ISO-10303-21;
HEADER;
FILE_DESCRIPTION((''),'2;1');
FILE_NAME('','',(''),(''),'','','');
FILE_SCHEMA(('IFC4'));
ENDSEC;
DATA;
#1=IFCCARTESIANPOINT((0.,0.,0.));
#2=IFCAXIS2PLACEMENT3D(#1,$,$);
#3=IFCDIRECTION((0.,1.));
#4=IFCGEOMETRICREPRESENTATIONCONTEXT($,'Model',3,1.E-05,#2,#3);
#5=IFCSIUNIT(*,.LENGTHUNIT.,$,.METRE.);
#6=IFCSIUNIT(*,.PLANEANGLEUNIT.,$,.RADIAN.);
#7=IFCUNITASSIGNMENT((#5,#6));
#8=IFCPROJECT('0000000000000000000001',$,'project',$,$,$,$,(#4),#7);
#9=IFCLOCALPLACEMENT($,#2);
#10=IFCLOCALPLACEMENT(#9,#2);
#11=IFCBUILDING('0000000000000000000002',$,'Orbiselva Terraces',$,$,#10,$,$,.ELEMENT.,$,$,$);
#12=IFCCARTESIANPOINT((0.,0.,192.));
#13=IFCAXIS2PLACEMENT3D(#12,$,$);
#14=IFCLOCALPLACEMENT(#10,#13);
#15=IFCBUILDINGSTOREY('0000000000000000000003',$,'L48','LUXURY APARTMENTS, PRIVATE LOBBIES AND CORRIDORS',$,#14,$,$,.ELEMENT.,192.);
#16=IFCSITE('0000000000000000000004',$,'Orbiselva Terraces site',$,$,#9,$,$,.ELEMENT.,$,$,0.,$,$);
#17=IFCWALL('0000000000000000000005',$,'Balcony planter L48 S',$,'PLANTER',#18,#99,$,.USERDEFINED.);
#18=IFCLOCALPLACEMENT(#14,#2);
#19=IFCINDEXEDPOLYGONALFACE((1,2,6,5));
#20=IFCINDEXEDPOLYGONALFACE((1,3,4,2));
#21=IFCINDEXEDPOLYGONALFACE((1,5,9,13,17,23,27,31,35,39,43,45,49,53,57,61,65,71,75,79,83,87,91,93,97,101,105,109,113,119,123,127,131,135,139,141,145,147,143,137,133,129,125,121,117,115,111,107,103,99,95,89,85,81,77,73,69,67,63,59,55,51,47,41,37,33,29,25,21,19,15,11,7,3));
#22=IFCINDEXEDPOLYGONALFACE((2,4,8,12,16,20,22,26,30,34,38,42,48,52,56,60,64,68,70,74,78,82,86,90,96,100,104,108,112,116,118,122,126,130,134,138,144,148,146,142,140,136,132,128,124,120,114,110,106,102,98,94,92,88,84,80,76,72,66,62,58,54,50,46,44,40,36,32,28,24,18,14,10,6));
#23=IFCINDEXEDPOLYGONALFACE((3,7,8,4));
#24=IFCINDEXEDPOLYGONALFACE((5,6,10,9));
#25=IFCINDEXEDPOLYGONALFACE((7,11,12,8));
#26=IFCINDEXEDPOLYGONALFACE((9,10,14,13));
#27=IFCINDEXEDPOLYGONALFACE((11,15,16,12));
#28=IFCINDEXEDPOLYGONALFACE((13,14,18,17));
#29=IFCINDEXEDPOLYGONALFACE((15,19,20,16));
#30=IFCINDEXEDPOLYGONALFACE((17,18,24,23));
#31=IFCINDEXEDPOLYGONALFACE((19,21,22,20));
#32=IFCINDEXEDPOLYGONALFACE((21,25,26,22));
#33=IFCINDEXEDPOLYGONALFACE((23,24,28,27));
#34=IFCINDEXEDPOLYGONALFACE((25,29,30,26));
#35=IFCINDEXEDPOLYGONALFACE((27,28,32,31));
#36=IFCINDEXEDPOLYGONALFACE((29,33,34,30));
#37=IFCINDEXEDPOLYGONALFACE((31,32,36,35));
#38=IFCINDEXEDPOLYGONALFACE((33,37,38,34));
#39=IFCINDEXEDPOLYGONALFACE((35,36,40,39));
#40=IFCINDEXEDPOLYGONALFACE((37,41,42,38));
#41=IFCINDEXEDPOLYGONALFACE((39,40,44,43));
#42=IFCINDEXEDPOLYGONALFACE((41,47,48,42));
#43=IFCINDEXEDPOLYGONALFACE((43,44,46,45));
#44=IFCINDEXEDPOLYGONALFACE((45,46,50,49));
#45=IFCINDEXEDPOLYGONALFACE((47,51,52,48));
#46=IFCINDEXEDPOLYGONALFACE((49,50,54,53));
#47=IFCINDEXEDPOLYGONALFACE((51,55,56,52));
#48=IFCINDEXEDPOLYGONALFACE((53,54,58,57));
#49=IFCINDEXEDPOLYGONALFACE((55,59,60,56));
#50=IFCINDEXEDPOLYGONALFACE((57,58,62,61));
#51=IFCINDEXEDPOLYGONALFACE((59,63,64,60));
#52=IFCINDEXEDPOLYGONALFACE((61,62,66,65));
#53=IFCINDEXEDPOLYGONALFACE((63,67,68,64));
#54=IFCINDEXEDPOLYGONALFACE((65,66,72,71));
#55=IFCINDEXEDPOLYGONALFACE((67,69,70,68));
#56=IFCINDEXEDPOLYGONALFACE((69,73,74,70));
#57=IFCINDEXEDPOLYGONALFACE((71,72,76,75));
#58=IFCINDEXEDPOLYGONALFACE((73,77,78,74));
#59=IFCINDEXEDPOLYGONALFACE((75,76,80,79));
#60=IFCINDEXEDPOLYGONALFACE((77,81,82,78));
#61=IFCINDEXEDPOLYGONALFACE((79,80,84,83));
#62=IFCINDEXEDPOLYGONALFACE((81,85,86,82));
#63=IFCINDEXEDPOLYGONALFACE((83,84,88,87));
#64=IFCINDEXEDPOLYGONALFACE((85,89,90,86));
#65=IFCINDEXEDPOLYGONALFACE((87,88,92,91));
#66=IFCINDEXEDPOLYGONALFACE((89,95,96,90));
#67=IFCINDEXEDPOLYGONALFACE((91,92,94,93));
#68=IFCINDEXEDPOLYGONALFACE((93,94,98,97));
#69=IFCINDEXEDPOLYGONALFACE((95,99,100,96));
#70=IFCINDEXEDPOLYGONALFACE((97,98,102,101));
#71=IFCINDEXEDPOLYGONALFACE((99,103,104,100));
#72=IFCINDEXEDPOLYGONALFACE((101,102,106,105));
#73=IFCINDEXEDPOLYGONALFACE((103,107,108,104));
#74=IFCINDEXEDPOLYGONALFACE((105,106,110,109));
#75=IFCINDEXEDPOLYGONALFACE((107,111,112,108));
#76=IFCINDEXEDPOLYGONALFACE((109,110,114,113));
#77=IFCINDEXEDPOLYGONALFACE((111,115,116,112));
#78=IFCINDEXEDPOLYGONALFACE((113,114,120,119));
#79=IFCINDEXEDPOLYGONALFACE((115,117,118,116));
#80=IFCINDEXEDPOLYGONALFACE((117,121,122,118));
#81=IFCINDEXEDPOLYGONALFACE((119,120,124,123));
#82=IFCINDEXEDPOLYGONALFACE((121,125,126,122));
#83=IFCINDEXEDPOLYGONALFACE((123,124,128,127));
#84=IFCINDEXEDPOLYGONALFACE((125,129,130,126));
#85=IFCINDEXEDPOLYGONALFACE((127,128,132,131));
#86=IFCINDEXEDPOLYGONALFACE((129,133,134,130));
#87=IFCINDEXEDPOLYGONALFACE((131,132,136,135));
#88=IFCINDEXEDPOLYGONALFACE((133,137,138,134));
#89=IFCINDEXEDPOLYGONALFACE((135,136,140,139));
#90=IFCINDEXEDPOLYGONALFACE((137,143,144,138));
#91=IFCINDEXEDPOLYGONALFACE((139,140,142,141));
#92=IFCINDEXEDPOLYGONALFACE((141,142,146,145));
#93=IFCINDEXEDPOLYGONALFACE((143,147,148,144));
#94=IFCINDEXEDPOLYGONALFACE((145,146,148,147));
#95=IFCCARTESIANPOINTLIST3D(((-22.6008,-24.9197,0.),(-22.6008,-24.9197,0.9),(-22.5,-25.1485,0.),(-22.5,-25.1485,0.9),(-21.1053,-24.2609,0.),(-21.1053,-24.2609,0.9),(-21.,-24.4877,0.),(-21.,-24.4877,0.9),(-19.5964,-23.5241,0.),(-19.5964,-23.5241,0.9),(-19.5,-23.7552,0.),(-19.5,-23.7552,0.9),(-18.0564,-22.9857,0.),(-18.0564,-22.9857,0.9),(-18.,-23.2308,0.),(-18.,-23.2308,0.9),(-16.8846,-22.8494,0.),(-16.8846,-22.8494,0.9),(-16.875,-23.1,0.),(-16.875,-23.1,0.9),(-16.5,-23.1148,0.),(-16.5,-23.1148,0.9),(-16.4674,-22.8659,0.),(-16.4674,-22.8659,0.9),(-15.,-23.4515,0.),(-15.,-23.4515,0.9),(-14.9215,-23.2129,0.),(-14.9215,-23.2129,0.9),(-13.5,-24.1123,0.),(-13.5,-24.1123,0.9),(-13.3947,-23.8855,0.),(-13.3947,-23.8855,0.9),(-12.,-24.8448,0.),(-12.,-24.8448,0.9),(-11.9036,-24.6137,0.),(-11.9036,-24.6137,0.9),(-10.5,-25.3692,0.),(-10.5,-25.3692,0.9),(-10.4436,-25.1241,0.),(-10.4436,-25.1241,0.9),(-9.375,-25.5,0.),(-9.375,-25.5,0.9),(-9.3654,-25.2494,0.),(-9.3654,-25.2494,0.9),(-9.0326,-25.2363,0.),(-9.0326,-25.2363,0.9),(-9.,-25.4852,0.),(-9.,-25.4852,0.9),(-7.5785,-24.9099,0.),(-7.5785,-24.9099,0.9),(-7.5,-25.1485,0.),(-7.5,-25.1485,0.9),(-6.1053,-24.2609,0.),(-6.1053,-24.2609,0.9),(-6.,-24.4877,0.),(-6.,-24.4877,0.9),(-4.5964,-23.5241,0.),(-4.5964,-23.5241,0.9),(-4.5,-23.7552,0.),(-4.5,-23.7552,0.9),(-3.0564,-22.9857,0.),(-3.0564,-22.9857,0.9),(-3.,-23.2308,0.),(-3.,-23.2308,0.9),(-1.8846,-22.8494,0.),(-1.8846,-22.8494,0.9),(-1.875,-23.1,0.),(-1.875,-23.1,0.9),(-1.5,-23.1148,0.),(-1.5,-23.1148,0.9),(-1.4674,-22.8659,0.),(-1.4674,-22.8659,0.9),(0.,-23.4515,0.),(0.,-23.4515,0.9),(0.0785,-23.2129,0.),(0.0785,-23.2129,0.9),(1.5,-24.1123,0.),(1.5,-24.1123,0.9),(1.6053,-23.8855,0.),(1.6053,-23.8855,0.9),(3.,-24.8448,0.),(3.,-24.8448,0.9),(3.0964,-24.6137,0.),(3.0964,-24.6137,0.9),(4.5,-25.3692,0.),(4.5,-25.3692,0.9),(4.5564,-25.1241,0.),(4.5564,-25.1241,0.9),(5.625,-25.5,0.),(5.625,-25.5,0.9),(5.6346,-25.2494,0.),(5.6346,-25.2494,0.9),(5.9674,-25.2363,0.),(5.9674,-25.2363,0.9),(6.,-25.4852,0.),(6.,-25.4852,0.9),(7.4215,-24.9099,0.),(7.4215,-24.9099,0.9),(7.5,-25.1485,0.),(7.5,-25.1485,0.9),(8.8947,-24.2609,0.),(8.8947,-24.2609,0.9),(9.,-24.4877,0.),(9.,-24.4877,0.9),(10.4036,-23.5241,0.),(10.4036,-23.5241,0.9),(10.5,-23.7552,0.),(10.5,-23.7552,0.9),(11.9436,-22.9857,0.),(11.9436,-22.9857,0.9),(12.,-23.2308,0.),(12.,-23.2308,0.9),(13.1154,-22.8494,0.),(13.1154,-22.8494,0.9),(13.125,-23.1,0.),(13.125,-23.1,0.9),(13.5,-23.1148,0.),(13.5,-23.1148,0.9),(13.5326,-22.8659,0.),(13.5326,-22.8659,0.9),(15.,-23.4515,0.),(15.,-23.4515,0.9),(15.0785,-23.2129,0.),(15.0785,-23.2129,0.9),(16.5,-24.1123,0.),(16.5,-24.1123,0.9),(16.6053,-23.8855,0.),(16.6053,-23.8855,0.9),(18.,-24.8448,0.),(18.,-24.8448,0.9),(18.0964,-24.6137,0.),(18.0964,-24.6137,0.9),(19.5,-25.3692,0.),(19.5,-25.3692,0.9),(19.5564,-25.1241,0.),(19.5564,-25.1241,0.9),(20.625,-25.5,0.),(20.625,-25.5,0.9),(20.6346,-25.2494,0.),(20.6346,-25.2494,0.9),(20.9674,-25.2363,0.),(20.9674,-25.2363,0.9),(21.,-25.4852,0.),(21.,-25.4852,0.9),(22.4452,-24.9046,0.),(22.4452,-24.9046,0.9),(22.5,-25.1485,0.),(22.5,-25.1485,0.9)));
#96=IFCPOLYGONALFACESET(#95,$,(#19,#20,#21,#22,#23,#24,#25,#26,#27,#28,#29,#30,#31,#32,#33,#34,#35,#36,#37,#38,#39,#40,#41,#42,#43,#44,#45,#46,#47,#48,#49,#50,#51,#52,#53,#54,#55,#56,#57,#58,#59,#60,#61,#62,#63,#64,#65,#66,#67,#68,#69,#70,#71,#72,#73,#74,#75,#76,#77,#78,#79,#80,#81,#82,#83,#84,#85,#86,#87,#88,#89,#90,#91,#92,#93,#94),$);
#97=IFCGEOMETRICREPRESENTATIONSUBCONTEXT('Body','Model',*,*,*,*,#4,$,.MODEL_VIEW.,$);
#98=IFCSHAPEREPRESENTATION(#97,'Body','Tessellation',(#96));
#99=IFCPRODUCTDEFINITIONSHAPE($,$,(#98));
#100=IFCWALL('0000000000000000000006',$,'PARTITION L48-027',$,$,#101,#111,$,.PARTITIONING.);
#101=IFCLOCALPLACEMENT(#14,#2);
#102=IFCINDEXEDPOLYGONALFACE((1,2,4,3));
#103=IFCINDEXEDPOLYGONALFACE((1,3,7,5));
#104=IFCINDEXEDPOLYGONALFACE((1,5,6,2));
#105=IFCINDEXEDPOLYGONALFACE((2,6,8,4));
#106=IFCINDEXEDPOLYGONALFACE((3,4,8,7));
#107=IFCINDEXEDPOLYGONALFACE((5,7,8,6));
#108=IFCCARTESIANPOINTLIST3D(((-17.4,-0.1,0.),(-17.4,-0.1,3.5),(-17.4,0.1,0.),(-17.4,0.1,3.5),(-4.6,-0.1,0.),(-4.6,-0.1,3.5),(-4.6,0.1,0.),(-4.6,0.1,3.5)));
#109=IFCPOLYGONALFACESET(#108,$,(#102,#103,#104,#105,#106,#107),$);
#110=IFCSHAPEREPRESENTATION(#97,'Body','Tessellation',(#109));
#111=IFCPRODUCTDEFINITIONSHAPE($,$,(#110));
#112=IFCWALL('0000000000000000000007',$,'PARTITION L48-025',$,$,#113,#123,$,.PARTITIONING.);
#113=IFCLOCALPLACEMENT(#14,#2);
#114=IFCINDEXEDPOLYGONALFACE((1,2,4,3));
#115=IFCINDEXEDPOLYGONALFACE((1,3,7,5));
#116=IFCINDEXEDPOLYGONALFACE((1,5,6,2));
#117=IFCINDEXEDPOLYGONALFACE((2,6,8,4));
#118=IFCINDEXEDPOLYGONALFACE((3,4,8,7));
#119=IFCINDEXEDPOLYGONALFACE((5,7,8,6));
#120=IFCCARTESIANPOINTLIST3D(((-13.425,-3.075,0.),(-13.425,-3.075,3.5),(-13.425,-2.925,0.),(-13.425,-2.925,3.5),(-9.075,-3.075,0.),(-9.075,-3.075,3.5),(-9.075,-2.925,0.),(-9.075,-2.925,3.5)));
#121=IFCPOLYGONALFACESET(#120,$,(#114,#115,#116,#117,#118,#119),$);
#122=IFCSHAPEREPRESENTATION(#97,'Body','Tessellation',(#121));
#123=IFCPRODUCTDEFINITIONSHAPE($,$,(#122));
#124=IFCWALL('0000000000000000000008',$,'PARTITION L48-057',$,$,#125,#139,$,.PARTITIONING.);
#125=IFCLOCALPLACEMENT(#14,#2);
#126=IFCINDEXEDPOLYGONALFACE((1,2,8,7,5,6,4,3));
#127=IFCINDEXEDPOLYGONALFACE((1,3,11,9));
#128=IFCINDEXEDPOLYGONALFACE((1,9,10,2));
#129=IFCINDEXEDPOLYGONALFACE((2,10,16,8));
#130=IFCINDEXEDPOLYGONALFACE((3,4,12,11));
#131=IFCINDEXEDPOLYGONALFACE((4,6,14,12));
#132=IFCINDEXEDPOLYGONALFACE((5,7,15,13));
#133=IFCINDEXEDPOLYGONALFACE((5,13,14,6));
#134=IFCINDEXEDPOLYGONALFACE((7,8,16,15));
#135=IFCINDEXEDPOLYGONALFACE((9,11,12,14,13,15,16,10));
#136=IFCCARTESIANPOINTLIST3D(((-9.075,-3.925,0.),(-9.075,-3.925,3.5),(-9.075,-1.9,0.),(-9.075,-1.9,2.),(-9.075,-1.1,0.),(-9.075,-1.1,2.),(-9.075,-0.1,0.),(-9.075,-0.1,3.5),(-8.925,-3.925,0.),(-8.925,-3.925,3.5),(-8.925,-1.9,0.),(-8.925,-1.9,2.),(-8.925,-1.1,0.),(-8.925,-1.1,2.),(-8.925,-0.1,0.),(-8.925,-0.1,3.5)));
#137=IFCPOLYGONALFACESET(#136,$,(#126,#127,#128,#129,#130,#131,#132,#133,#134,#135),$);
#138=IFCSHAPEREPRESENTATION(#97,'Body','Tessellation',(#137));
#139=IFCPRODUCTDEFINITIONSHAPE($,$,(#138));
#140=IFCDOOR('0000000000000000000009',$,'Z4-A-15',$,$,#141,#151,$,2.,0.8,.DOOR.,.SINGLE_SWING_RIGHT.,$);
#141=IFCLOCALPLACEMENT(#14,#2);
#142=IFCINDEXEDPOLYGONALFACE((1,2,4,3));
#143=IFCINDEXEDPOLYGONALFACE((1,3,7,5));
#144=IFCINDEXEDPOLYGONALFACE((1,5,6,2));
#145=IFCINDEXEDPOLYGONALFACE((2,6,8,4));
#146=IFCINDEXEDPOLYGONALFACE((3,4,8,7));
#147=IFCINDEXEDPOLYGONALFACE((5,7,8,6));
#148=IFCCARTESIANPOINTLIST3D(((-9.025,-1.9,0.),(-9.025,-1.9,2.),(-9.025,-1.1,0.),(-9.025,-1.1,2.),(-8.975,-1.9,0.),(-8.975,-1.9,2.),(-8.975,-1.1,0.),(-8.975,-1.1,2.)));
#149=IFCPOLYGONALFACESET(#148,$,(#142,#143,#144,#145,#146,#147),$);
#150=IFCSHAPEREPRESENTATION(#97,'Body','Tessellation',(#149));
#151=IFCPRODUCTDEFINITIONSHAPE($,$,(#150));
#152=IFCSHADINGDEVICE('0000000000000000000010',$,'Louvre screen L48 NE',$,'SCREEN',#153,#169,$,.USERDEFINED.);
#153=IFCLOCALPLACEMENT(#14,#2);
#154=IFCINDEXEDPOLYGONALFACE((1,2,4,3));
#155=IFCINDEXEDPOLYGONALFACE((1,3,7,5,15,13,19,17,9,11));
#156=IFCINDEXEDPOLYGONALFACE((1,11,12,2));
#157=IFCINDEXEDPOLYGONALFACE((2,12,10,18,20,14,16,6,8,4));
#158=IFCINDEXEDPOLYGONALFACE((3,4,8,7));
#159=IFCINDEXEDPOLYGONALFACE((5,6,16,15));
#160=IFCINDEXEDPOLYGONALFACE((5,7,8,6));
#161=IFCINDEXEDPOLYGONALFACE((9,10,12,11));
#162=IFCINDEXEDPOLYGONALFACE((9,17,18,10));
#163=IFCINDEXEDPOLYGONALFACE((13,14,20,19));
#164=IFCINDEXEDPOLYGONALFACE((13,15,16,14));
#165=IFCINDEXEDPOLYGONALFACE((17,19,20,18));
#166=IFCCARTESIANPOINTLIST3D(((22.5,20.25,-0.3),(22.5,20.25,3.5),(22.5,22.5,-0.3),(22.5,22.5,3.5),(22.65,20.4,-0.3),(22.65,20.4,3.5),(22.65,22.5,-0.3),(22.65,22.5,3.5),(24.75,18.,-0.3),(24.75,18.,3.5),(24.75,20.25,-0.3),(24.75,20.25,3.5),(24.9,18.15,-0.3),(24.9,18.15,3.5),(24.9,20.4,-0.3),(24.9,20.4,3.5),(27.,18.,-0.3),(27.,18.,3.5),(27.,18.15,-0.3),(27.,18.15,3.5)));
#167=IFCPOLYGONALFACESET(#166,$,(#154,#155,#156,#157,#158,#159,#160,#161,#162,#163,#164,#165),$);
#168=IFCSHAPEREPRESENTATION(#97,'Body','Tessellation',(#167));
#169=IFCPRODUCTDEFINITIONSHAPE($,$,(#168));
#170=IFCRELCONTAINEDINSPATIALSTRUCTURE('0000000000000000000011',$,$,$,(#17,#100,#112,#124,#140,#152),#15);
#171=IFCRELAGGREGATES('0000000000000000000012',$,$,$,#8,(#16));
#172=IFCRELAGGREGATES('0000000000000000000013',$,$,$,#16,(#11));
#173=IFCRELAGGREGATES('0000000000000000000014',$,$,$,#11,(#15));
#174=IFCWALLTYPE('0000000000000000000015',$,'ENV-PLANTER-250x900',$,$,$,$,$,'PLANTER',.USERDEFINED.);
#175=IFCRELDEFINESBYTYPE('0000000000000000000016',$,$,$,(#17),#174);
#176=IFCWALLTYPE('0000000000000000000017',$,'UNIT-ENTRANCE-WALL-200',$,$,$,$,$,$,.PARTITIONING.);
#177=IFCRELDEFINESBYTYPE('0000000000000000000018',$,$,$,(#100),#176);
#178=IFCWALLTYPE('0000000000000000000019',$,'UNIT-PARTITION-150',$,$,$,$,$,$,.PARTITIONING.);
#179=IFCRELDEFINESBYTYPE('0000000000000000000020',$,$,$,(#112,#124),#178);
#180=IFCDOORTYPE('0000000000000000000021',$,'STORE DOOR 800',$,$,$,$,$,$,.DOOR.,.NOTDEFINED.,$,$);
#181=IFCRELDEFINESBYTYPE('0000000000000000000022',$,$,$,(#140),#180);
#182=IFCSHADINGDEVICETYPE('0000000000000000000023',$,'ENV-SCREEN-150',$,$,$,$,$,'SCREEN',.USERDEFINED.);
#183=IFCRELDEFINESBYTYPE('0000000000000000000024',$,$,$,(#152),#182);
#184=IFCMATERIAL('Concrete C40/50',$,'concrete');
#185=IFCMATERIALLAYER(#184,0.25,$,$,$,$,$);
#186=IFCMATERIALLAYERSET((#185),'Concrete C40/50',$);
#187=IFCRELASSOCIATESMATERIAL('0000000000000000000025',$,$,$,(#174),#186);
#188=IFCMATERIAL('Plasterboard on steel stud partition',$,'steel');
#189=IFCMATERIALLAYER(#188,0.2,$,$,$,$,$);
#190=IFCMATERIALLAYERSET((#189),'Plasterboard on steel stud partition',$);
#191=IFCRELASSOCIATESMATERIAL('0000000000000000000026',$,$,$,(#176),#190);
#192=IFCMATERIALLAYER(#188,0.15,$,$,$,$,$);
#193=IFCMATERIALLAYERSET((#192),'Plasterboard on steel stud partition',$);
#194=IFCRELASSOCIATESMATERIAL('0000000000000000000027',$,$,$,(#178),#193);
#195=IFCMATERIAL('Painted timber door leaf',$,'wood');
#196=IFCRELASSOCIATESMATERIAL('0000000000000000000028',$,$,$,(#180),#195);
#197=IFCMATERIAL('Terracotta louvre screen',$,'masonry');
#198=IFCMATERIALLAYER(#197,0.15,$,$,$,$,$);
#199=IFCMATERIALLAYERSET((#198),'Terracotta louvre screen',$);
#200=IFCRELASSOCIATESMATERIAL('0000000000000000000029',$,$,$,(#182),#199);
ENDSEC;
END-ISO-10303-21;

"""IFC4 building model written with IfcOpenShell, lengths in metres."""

from ifc_helpers import new_model, si_unit, direction, frame, frame_2d, origin, place, context, subcontext, project, spatial, polyline, rectangle, outline, extrude, material, layer, layer_set, type_object, element, fill, save


model = new_model("IFC4")

# Units and contexts
model_context = context("Model", 3, precision=1e-05, world=origin(), true_north=direction((0.0, 1.0)))
body_context = subcontext(model_context, "Body", "Model", "MODEL_VIEW")
ifc_project = project(units=[si_unit("LENGTHUNIT", "METRE"), si_unit("PLANEANGLEUNIT", "RADIAN")], contexts=[model_context])

# Site, building, storey
site_placement = place(None, origin())
site = spatial("IfcSite", under=ifc_project, at=site_placement, Name="Orbiselva Terraces site", CompositionType="ELEMENT", RefElevation=0.0)
building_placement = place(site_placement, origin())
building = spatial("IfcBuilding", under=site, at=building_placement, Name="Orbiselva Terraces", CompositionType="ELEMENT")
storey_placement = place(building_placement, frame((0.0, 0.0, 192.0)))
storey = spatial("IfcBuildingStorey", under=building, at=storey_placement, Name="L48", Description="LUXURY APARTMENTS, PRIVATE LOBBIES AND CORRIDORS", CompositionType="ELEMENT", Elevation=192.0)

# Walls
ifc_material_1 = material(Name="Concrete C40/50", Category="concrete")
ifc_layer_1 = layer(ifc_material_1, 0.25)
ifc_layer_set_1 = layer_set([ifc_layer_1], Name="Concrete C40/50")
wall_type_1 = type_object("IfcWallType", Name="ENV-PLANTER-250x900", ElementType="PLANTER", PredefinedType="USERDEFINED", material=ifc_layer_set_1)
wall_1_placement = place(storey_placement, origin())
element("IfcWall", 1, at=wall_1_placement, inside=storey, type_object=wall_type_1, Name="Balcony planter L48 S", ObjectType="PLANTER", PredefinedType="USERDEFINED", context=body_context, shape_type="SweptSolid", body=[
    extrude(outline(polyline([(-22.5, -25.1485), (-21.0, -24.4877), (-19.5, -23.7552), (-18.0, -23.2308), (-16.875, -23.1), (-16.5, -23.1148), (-15.0, -23.4515), (-13.5, -24.1123), (-12.0, -24.8448), (-10.5, -25.3692), (-9.375, -25.5), (-9.0, -25.4852), (-7.5, -25.1485), (-6.0, -24.4877), (-4.5, -23.7552), (-3.0, -23.2308), (-1.875, -23.1), (-1.5, -23.1148), (0.0, -23.4515), (1.5, -24.1123), (3.0, -24.8448), (4.5, -25.3692), (5.625, -25.5), (6.0, -25.4852), (7.5, -25.1485), (9.0, -24.4877), (10.5, -23.7552), (12.0, -23.2308), (13.125, -23.1), (13.5, -23.1148), (15.0, -23.4515), (16.5, -24.1123), (18.0, -24.8448), (19.5, -25.3692), (20.625, -25.5), (21.0, -25.4852), (22.5, -25.1485), (22.4452, -24.9046), (20.9674, -25.2363), (20.6346, -25.2494), (19.5564, -25.1241), (18.0964, -24.6137), (16.6053, -23.8855), (15.0785, -23.2129), (13.5326, -22.8659), (13.1154, -22.8494), (11.9436, -22.9857), (10.4036, -23.5241), (8.8947, -24.2609), (7.4215, -24.9099), (5.9674, -25.2363), (5.6346, -25.2494), (4.5564, -25.1241), (3.0964, -24.6137), (1.6053, -23.8855), (0.0785, -23.2129), (-1.4674, -22.8659), (-1.8846, -22.8494), (-3.0564, -22.9857), (-4.5964, -23.5241), (-6.1053, -24.2609), (-7.5785, -24.9099), (-9.0326, -25.2363), (-9.3654, -25.2494), (-10.4436, -25.1241), (-11.9036, -24.6137), (-13.3947, -23.8855), (-14.9215, -23.2129), (-16.4674, -22.8659), (-16.8846, -22.8494), (-18.0564, -22.9857), (-19.5964, -23.5241), (-21.1053, -24.2609), (-22.6008, -24.9197), (-22.5, -25.1485)])), origin(), (0.0, 0.0, 1.0), 0.9),
])
ifc_material_2 = material(Name="Plasterboard on steel stud partition", Category="steel")
ifc_layer_2 = layer(ifc_material_2, 0.2)
ifc_layer_set_2 = layer_set([ifc_layer_2], Name="Plasterboard on steel stud partition")
wall_type_2 = type_object("IfcWallType", Name="UNIT-ENTRANCE-WALL-200", PredefinedType="PARTITIONING", material=ifc_layer_set_2)
wall_2_placement = place(storey_placement, frame((-17.4, 0.0, 0.0), z_axis=(0.0, 0.0, 1.0), x_axis=(1.0, 0.0, 0.0)))
element("IfcWall", 2, at=wall_2_placement, inside=storey, type_object=wall_type_2, Name="PARTITION L48-027", PredefinedType="PARTITIONING", context=body_context, shape_type="SweptSolid", body=[
    extrude(rectangle(XDim=12.8, YDim=0.2, at=frame_2d((6.4, 0.0))), origin(), (0.0, 0.0, 1.0), 3.5),
])
ifc_layer_3 = layer(ifc_material_2, 0.15)
ifc_layer_set_3 = layer_set([ifc_layer_3], Name="Plasterboard on steel stud partition")
wall_type_3 = type_object("IfcWallType", Name="UNIT-PARTITION-150", PredefinedType="PARTITIONING", material=ifc_layer_set_3)
wall_3_placement = place(storey_placement, frame((-13.425, -3.0, 0.0), z_axis=(0.0, 0.0, 1.0), x_axis=(1.0, 0.0, 0.0)))
element("IfcWall", 3, at=wall_3_placement, inside=storey, type_object=wall_type_3, Name="PARTITION L48-025", PredefinedType="PARTITIONING", context=body_context, shape_type="SweptSolid", body=[
    extrude(rectangle(XDim=4.35, YDim=0.15, at=frame_2d((2.175, 0.0))), origin(), (0.0, 0.0, 1.0), 3.5),
])

# Wall, opening, door
wall_4_placement = place(storey_placement, frame((-9.0, -3.925, 0.0), z_axis=(0.0, 0.0, 1.0), x_axis=(0.0, 1.0, 0.0)))
wall_4 = element("IfcWall", 4, at=wall_4_placement, inside=storey, type_object=wall_type_3, Name="PARTITION L48-057", PredefinedType="PARTITIONING", context=body_context, shape_type="SweptSolid", body=[
    extrude(rectangle(XDim=3.825, YDim=0.15, at=frame_2d((1.9125, 0.0))), origin(), (0.0, 0.0, 1.0), 3.5),
])
opening_placement = place(wall_4_placement, frame((2.025, 0.0, 0.0)))
opening = element("IfcOpeningElement", 5, at=opening_placement, cuts=wall_4, PredefinedType="OPENING", context=body_context, shape_type="SweptSolid", body=[
    extrude(rectangle(XDim=0.8, YDim=2.0, at=frame_2d((0.4, 1.0))), frame((0.0, 0.085, 0.0), z_axis=(0.0, -1.0, 0.0), x_axis=(1.0, 0.0, 0.0)), (0.0, 0.0, 1.0), 0.17),
])
ifc_material_3 = material(Name="Painted timber door leaf", Category="wood")
door_type = type_object("IfcDoorType", Name="STORE DOOR 800", OperationType="NOTDEFINED", PredefinedType="DOOR", material=ifc_material_3)
door_placement = place(opening_placement, origin())
door = element("IfcDoor", 6, at=door_placement, inside=storey, type_object=door_type, Name="Z4-A-15", OperationType="SINGLE_SWING_RIGHT", OverallHeight=2.0, OverallWidth=0.8, PredefinedType="DOOR", context=body_context, shape_type="SweptSolid", body=[
    extrude(rectangle(XDim=0.8, YDim=2.0, at=frame_2d((0.4, 1.0))), frame((0.0, 0.025, 0.0), z_axis=(0.0, -1.0, 0.0), x_axis=(1.0, 0.0, 0.0)), (0.0, 0.0, 1.0), 0.05),
])
fill(opening, door)

# Shading device
ifc_material_4 = material(Name="Terracotta louvre screen", Category="masonry")
ifc_layer_4 = layer(ifc_material_4, 0.15)
ifc_layer_set_4 = layer_set([ifc_layer_4], Name="Terracotta louvre screen")
shading_device_type_1 = type_object("IfcShadingDeviceType", Name="ENV-SCREEN-150", ElementType="SCREEN", PredefinedType="USERDEFINED", material=ifc_layer_set_4)
shading_device_1_placement = place(storey_placement, frame((0.0, 0.0, -0.3)))
element("IfcShadingDevice", 7, at=shading_device_1_placement, inside=storey, type_object=shading_device_type_1, Name="Louvre screen L48 NE", ObjectType="SCREEN", PredefinedType="USERDEFINED", context=body_context, shape_type="SweptSolid", body=[
    extrude(outline(polyline([(27.0, 18.15), (24.9, 18.15), (24.9, 20.4), (22.65, 20.4), (22.65, 22.5), (22.5, 22.5), (22.5, 20.25), (24.75, 20.25), (24.75, 18.0), (27.0, 18.0), (27.0, 18.15)])), origin(), (0.0, 0.0, 1.0), 3.8),
])

save(model, "model.ifc")
